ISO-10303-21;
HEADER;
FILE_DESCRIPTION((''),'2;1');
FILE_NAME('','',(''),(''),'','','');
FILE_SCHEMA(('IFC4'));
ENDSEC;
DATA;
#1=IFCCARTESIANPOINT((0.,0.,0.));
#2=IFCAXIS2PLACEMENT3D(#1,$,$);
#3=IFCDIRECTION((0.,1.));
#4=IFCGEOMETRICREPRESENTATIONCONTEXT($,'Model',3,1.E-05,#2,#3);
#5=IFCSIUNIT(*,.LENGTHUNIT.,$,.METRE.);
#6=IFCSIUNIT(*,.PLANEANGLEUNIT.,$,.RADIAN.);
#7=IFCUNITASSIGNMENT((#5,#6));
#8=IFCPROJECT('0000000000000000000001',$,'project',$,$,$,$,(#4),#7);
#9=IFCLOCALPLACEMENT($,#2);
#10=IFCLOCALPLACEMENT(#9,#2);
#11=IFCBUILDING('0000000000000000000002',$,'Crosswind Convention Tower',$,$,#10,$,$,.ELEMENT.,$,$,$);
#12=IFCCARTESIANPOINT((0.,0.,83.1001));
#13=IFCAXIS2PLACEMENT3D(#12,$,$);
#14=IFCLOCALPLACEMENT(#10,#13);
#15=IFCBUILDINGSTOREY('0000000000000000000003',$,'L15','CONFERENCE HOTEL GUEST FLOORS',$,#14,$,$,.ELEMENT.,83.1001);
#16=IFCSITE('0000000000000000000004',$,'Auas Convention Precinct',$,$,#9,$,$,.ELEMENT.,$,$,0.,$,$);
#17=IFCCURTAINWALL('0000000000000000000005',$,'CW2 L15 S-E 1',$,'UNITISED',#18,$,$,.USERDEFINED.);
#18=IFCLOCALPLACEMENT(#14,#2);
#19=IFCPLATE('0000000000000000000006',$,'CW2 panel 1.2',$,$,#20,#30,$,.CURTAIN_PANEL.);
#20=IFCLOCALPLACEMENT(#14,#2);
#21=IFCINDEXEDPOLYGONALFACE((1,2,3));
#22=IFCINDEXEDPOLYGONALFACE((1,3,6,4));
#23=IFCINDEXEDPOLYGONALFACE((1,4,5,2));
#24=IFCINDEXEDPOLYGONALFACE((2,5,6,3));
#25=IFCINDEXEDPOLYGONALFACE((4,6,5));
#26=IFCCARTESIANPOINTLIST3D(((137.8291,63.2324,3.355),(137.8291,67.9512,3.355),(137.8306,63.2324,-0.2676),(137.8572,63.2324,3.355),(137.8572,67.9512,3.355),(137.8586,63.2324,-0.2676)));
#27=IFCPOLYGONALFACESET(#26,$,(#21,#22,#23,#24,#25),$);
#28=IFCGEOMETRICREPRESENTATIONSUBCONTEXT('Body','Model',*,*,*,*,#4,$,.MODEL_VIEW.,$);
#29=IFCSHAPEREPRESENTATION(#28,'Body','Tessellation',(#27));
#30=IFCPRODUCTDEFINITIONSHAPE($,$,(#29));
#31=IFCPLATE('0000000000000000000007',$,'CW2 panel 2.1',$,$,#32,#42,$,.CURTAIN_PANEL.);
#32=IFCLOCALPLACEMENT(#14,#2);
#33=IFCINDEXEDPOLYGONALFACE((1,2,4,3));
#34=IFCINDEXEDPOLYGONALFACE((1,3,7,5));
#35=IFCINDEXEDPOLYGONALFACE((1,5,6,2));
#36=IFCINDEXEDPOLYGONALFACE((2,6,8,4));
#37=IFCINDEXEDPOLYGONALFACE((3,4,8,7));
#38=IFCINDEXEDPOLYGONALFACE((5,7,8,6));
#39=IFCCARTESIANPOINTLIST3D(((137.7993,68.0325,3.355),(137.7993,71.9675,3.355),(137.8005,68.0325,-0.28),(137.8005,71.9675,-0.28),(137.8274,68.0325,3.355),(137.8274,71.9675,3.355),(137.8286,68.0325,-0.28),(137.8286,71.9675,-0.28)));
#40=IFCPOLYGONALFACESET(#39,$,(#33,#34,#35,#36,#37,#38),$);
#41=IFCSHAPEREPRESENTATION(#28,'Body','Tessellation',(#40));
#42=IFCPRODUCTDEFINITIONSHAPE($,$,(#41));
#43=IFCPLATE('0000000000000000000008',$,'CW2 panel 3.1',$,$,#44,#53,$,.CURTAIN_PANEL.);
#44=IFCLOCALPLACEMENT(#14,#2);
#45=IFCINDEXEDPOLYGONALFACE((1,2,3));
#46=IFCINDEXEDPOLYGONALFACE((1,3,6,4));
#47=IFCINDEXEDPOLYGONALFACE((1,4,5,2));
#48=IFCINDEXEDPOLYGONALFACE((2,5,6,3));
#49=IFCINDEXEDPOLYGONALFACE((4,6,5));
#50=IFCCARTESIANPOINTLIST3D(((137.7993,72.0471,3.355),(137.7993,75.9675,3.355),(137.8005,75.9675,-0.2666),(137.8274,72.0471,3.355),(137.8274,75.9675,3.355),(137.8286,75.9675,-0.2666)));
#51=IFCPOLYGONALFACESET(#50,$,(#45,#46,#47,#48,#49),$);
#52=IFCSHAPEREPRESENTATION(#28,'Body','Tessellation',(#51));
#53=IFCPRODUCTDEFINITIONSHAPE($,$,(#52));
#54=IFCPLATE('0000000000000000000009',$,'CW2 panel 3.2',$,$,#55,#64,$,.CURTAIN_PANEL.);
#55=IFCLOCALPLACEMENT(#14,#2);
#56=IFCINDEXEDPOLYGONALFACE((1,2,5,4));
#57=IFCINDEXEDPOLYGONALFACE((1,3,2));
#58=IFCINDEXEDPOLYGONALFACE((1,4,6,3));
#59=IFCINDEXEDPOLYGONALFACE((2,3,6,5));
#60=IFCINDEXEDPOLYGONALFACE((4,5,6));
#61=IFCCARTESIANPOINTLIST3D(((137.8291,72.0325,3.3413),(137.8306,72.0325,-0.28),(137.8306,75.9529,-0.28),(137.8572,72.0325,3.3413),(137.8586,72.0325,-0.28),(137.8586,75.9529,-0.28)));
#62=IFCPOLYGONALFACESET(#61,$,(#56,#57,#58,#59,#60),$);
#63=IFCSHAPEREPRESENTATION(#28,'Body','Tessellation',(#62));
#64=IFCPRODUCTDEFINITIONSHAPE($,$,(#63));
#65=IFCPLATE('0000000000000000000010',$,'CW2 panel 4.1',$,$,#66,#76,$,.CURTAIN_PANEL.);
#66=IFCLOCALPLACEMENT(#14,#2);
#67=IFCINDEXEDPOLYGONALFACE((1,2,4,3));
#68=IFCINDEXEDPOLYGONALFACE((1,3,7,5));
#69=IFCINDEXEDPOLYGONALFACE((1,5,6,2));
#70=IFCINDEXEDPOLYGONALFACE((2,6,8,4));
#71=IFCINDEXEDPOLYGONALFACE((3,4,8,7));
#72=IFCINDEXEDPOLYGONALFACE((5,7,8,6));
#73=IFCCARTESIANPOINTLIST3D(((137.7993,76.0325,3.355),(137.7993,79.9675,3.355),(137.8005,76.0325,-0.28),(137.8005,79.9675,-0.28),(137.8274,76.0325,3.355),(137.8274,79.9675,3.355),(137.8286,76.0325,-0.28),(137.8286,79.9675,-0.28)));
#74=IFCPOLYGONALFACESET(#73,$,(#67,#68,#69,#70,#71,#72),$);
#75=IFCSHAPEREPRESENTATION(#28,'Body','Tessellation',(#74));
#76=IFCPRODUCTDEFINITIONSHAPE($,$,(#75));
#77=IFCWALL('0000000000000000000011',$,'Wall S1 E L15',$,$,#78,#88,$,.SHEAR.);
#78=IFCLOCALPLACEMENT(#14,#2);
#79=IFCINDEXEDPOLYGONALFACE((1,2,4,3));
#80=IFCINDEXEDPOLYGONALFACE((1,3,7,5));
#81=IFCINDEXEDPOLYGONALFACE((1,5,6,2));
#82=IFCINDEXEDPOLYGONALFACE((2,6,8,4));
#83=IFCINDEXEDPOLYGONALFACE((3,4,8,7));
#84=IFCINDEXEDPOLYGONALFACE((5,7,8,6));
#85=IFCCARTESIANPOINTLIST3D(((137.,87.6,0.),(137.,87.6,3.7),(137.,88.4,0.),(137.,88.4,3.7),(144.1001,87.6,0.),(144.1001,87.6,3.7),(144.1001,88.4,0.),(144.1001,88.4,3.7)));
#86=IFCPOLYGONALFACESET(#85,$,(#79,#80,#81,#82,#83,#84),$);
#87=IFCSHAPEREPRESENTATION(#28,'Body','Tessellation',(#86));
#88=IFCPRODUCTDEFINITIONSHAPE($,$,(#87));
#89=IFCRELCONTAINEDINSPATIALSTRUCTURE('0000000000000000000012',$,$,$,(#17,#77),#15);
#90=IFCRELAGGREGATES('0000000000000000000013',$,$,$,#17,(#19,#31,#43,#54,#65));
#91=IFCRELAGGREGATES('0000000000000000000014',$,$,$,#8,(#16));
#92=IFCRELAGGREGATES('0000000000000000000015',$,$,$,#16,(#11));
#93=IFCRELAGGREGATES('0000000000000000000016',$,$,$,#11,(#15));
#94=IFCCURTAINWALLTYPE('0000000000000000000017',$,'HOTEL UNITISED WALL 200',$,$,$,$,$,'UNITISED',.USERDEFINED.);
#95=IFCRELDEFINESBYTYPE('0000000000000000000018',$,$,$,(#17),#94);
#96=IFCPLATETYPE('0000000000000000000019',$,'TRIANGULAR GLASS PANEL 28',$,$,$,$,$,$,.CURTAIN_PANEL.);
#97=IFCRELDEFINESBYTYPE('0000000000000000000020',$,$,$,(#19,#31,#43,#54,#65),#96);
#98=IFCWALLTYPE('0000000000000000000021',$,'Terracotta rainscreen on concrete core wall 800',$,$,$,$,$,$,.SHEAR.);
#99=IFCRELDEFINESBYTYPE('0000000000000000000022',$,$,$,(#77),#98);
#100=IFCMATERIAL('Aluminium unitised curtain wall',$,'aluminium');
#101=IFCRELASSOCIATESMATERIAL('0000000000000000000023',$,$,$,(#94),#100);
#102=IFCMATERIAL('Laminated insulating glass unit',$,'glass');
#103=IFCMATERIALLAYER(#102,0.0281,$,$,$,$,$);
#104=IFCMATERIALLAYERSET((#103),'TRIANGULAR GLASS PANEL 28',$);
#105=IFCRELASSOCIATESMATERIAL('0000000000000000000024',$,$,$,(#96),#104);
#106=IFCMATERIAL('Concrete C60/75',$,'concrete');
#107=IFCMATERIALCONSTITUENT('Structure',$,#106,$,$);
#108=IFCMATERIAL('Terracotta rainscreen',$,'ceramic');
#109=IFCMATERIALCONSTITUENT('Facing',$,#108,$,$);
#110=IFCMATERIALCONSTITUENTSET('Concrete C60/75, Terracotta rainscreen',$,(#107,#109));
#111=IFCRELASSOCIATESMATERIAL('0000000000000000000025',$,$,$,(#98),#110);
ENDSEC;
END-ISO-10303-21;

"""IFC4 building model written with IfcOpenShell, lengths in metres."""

from ifc_helpers import new_model, si_unit, direction, frame, frame_2d, origin, place, context, subcontext, project, spatial, polyline, rectangle, outline, extrude, material, layer, layer_set, constituent, constituent_set, type_object, element, aggregate, save


model = new_model("IFC4")

# Units and contexts
model_context = context("Model", 3, precision=1e-05, world=origin(), true_north=direction((0.0, 1.0)))
body_context = subcontext(model_context, "Body", "Model", "MODEL_VIEW")
ifc_project = project(units=[si_unit("LENGTHUNIT", "METRE"), si_unit("PLANEANGLEUNIT", "RADIAN")], contexts=[model_context])

# Site, building, storey
site_placement = place(None, origin())
site = spatial("IfcSite", under=ifc_project, at=site_placement, Name="Auas Convention Precinct", CompositionType="ELEMENT", RefElevation=0.0)
building_placement = place(site_placement, origin())
building = spatial("IfcBuilding", under=site, at=building_placement, Name="Crosswind Convention Tower", CompositionType="ELEMENT")
storey_placement = place(building_placement, frame((0.0, 0.0, 83.1001)))
storey = spatial("IfcBuildingStorey", under=building, at=storey_placement, Name="L15", Description="CONFERENCE HOTEL GUEST FLOORS", CompositionType="ELEMENT", Elevation=83.1001)

# Shared definitions
ifc_material_1 = material(Name="Aluminium unitised curtain wall", Category="aluminium")
curtain_wall_type = type_object("IfcCurtainWallType", Name="HOTEL UNITISED WALL 200", ElementType="UNITISED", PredefinedType="USERDEFINED", material=ifc_material_1)

# Curtain wall, plates
curtain_wall_1_placement = place(storey_placement, origin())
curtain_wall_1 = element("IfcCurtainWall", 1, at=curtain_wall_1_placement, inside=storey, type_object=curtain_wall_type, Name="CW2 L15 S-E 1", ObjectType="UNITISED", PredefinedType="USERDEFINED")
ifc_material_2 = material(Name="Laminated insulating glass unit", Category="glass")
ifc_layer_1 = layer(ifc_material_2, 0.0281)
ifc_layer_set_1 = layer_set([ifc_layer_1], Name="TRIANGULAR GLASS PANEL 28")
plate_type = type_object("IfcPlateType", Name="TRIANGULAR GLASS PANEL 28", PredefinedType="CURTAIN_PANEL", material=ifc_layer_set_1)
plate_1_placement = place(storey_placement, frame((137.8572, 63.2324, 3.355), z_axis=(1.0, 0.0, 0.000404), x_axis=(0.000404, 0.0, -1.0)))
plate_1 = element("IfcPlate", 2, at=plate_1_placement, type_object=plate_type, Name="CW2 panel 1.2", PredefinedType="CURTAIN_PANEL", context=body_context, shape_type="SweptSolid", body=[
    extrude(outline(polyline([(0.0, 0.0), (3.6226, 0.0), (0.0, 4.7187), (0.0, 0.0)])), origin(), (0.0, 0.0, -1.0), 0.0281),
])
plate_2_placement = place(storey_placement, frame((137.8286, 68.0325, -0.28), z_axis=(1.0, 0.0, 0.000336), x_axis=(0.0, 1.0, 0.0)))
plate_2 = element("IfcPlate", 3, at=plate_2_placement, type_object=plate_type, Name="CW2 panel 2.1", PredefinedType="CURTAIN_PANEL", context=body_context, shape_type="SweptSolid", body=[
    extrude(outline(polyline([(0.0, 0.0), (3.9351, 0.0), (3.9351, 3.635), (0.0, 3.635), (0.0, 0.0)])), origin(), (0.0, 0.0, -1.0), 0.0281),
])
plate_3_placement = place(storey_placement, frame((137.8274, 75.9675, 3.355), z_axis=(1.0, 0.0, 0.000337), x_axis=(0.0, -1.0, 0.0)))
plate_3 = element("IfcPlate", 4, at=plate_3_placement, type_object=plate_type, Name="CW2 panel 3.1", PredefinedType="CURTAIN_PANEL", context=body_context, shape_type="SweptSolid", body=[
    extrude(outline(polyline([(0.0, 0.0), (3.9204, 0.0), (0.0, 3.6216), (0.0, 0.0)])), origin(), (0.0, 0.0, -1.0), 0.0281),
])
plate_4_placement = place(storey_placement, frame((137.8586, 72.0325, -0.28), z_axis=(1.0, 0.0, 0.000405), x_axis=(0.0, 1.0, 0.0)))
plate_4 = element("IfcPlate", 5, at=plate_4_placement, type_object=plate_type, Name="CW2 panel 3.2", PredefinedType="CURTAIN_PANEL", context=body_context, shape_type="SweptSolid", body=[
    extrude(outline(polyline([(0.0, 0.0), (3.9204, 0.0), (0.0, 3.6213), (0.0, 0.0)])), origin(), (0.0, 0.0, -1.0), 0.0281),
])
plate_5_placement = place(storey_placement, frame((137.8286, 76.0325, -0.28), z_axis=(1.0, 0.0, 0.000336), x_axis=(0.0, 1.0, 0.0)))
plate_5 = element("IfcPlate", 6, at=plate_5_placement, type_object=plate_type, Name="CW2 panel 4.1", PredefinedType="CURTAIN_PANEL", context=body_context, shape_type="SweptSolid", body=[
    extrude(outline(polyline([(0.0, 0.0), (3.9351, 0.0), (3.9351, 3.635), (0.0, 3.635), (0.0, 0.0)])), origin(), (0.0, 0.0, -1.0), 0.0281),
])
aggregate(curtain_wall_1, [plate_1, plate_2, plate_3, plate_4, plate_5])

# Shared definitions
ifc_material_3 = material(Name="Terracotta rainscreen", Category="ceramic")

# Wall
ifc_material_4 = material(Name="Concrete C60/75", Category="concrete")
ifc_constituent_1 = constituent(ifc_material_4, Name="Structure")
ifc_constituent_2 = constituent(ifc_material_3, Name="Facing")
ifc_constituent_set = constituent_set(constituents=[ifc_constituent_1, ifc_constituent_2], Name="Concrete C60/75, Terracotta rainscreen")
wall_type_1 = type_object("IfcWallType", Name="Terracotta rainscreen on concrete core wall 800", PredefinedType="SHEAR", material=ifc_constituent_set)
wall_1_placement = place(storey_placement, frame((137.0, 88.0, 0.0), z_axis=(0.0, 0.0, 1.0), x_axis=(1.0, 0.0, 0.0)))
element("IfcWall", 7, at=wall_1_placement, inside=storey, type_object=wall_type_1, Name="Wall S1 E L15", PredefinedType="SHEAR", context=body_context, shape_type="SweptSolid", body=[
    extrude(rectangle(XDim=7.1001, YDim=0.8, at=frame_2d((3.55, 0.0))), origin(), (0.0, 0.0, 1.0), 3.7),
])

save(model, "model.ifc")
